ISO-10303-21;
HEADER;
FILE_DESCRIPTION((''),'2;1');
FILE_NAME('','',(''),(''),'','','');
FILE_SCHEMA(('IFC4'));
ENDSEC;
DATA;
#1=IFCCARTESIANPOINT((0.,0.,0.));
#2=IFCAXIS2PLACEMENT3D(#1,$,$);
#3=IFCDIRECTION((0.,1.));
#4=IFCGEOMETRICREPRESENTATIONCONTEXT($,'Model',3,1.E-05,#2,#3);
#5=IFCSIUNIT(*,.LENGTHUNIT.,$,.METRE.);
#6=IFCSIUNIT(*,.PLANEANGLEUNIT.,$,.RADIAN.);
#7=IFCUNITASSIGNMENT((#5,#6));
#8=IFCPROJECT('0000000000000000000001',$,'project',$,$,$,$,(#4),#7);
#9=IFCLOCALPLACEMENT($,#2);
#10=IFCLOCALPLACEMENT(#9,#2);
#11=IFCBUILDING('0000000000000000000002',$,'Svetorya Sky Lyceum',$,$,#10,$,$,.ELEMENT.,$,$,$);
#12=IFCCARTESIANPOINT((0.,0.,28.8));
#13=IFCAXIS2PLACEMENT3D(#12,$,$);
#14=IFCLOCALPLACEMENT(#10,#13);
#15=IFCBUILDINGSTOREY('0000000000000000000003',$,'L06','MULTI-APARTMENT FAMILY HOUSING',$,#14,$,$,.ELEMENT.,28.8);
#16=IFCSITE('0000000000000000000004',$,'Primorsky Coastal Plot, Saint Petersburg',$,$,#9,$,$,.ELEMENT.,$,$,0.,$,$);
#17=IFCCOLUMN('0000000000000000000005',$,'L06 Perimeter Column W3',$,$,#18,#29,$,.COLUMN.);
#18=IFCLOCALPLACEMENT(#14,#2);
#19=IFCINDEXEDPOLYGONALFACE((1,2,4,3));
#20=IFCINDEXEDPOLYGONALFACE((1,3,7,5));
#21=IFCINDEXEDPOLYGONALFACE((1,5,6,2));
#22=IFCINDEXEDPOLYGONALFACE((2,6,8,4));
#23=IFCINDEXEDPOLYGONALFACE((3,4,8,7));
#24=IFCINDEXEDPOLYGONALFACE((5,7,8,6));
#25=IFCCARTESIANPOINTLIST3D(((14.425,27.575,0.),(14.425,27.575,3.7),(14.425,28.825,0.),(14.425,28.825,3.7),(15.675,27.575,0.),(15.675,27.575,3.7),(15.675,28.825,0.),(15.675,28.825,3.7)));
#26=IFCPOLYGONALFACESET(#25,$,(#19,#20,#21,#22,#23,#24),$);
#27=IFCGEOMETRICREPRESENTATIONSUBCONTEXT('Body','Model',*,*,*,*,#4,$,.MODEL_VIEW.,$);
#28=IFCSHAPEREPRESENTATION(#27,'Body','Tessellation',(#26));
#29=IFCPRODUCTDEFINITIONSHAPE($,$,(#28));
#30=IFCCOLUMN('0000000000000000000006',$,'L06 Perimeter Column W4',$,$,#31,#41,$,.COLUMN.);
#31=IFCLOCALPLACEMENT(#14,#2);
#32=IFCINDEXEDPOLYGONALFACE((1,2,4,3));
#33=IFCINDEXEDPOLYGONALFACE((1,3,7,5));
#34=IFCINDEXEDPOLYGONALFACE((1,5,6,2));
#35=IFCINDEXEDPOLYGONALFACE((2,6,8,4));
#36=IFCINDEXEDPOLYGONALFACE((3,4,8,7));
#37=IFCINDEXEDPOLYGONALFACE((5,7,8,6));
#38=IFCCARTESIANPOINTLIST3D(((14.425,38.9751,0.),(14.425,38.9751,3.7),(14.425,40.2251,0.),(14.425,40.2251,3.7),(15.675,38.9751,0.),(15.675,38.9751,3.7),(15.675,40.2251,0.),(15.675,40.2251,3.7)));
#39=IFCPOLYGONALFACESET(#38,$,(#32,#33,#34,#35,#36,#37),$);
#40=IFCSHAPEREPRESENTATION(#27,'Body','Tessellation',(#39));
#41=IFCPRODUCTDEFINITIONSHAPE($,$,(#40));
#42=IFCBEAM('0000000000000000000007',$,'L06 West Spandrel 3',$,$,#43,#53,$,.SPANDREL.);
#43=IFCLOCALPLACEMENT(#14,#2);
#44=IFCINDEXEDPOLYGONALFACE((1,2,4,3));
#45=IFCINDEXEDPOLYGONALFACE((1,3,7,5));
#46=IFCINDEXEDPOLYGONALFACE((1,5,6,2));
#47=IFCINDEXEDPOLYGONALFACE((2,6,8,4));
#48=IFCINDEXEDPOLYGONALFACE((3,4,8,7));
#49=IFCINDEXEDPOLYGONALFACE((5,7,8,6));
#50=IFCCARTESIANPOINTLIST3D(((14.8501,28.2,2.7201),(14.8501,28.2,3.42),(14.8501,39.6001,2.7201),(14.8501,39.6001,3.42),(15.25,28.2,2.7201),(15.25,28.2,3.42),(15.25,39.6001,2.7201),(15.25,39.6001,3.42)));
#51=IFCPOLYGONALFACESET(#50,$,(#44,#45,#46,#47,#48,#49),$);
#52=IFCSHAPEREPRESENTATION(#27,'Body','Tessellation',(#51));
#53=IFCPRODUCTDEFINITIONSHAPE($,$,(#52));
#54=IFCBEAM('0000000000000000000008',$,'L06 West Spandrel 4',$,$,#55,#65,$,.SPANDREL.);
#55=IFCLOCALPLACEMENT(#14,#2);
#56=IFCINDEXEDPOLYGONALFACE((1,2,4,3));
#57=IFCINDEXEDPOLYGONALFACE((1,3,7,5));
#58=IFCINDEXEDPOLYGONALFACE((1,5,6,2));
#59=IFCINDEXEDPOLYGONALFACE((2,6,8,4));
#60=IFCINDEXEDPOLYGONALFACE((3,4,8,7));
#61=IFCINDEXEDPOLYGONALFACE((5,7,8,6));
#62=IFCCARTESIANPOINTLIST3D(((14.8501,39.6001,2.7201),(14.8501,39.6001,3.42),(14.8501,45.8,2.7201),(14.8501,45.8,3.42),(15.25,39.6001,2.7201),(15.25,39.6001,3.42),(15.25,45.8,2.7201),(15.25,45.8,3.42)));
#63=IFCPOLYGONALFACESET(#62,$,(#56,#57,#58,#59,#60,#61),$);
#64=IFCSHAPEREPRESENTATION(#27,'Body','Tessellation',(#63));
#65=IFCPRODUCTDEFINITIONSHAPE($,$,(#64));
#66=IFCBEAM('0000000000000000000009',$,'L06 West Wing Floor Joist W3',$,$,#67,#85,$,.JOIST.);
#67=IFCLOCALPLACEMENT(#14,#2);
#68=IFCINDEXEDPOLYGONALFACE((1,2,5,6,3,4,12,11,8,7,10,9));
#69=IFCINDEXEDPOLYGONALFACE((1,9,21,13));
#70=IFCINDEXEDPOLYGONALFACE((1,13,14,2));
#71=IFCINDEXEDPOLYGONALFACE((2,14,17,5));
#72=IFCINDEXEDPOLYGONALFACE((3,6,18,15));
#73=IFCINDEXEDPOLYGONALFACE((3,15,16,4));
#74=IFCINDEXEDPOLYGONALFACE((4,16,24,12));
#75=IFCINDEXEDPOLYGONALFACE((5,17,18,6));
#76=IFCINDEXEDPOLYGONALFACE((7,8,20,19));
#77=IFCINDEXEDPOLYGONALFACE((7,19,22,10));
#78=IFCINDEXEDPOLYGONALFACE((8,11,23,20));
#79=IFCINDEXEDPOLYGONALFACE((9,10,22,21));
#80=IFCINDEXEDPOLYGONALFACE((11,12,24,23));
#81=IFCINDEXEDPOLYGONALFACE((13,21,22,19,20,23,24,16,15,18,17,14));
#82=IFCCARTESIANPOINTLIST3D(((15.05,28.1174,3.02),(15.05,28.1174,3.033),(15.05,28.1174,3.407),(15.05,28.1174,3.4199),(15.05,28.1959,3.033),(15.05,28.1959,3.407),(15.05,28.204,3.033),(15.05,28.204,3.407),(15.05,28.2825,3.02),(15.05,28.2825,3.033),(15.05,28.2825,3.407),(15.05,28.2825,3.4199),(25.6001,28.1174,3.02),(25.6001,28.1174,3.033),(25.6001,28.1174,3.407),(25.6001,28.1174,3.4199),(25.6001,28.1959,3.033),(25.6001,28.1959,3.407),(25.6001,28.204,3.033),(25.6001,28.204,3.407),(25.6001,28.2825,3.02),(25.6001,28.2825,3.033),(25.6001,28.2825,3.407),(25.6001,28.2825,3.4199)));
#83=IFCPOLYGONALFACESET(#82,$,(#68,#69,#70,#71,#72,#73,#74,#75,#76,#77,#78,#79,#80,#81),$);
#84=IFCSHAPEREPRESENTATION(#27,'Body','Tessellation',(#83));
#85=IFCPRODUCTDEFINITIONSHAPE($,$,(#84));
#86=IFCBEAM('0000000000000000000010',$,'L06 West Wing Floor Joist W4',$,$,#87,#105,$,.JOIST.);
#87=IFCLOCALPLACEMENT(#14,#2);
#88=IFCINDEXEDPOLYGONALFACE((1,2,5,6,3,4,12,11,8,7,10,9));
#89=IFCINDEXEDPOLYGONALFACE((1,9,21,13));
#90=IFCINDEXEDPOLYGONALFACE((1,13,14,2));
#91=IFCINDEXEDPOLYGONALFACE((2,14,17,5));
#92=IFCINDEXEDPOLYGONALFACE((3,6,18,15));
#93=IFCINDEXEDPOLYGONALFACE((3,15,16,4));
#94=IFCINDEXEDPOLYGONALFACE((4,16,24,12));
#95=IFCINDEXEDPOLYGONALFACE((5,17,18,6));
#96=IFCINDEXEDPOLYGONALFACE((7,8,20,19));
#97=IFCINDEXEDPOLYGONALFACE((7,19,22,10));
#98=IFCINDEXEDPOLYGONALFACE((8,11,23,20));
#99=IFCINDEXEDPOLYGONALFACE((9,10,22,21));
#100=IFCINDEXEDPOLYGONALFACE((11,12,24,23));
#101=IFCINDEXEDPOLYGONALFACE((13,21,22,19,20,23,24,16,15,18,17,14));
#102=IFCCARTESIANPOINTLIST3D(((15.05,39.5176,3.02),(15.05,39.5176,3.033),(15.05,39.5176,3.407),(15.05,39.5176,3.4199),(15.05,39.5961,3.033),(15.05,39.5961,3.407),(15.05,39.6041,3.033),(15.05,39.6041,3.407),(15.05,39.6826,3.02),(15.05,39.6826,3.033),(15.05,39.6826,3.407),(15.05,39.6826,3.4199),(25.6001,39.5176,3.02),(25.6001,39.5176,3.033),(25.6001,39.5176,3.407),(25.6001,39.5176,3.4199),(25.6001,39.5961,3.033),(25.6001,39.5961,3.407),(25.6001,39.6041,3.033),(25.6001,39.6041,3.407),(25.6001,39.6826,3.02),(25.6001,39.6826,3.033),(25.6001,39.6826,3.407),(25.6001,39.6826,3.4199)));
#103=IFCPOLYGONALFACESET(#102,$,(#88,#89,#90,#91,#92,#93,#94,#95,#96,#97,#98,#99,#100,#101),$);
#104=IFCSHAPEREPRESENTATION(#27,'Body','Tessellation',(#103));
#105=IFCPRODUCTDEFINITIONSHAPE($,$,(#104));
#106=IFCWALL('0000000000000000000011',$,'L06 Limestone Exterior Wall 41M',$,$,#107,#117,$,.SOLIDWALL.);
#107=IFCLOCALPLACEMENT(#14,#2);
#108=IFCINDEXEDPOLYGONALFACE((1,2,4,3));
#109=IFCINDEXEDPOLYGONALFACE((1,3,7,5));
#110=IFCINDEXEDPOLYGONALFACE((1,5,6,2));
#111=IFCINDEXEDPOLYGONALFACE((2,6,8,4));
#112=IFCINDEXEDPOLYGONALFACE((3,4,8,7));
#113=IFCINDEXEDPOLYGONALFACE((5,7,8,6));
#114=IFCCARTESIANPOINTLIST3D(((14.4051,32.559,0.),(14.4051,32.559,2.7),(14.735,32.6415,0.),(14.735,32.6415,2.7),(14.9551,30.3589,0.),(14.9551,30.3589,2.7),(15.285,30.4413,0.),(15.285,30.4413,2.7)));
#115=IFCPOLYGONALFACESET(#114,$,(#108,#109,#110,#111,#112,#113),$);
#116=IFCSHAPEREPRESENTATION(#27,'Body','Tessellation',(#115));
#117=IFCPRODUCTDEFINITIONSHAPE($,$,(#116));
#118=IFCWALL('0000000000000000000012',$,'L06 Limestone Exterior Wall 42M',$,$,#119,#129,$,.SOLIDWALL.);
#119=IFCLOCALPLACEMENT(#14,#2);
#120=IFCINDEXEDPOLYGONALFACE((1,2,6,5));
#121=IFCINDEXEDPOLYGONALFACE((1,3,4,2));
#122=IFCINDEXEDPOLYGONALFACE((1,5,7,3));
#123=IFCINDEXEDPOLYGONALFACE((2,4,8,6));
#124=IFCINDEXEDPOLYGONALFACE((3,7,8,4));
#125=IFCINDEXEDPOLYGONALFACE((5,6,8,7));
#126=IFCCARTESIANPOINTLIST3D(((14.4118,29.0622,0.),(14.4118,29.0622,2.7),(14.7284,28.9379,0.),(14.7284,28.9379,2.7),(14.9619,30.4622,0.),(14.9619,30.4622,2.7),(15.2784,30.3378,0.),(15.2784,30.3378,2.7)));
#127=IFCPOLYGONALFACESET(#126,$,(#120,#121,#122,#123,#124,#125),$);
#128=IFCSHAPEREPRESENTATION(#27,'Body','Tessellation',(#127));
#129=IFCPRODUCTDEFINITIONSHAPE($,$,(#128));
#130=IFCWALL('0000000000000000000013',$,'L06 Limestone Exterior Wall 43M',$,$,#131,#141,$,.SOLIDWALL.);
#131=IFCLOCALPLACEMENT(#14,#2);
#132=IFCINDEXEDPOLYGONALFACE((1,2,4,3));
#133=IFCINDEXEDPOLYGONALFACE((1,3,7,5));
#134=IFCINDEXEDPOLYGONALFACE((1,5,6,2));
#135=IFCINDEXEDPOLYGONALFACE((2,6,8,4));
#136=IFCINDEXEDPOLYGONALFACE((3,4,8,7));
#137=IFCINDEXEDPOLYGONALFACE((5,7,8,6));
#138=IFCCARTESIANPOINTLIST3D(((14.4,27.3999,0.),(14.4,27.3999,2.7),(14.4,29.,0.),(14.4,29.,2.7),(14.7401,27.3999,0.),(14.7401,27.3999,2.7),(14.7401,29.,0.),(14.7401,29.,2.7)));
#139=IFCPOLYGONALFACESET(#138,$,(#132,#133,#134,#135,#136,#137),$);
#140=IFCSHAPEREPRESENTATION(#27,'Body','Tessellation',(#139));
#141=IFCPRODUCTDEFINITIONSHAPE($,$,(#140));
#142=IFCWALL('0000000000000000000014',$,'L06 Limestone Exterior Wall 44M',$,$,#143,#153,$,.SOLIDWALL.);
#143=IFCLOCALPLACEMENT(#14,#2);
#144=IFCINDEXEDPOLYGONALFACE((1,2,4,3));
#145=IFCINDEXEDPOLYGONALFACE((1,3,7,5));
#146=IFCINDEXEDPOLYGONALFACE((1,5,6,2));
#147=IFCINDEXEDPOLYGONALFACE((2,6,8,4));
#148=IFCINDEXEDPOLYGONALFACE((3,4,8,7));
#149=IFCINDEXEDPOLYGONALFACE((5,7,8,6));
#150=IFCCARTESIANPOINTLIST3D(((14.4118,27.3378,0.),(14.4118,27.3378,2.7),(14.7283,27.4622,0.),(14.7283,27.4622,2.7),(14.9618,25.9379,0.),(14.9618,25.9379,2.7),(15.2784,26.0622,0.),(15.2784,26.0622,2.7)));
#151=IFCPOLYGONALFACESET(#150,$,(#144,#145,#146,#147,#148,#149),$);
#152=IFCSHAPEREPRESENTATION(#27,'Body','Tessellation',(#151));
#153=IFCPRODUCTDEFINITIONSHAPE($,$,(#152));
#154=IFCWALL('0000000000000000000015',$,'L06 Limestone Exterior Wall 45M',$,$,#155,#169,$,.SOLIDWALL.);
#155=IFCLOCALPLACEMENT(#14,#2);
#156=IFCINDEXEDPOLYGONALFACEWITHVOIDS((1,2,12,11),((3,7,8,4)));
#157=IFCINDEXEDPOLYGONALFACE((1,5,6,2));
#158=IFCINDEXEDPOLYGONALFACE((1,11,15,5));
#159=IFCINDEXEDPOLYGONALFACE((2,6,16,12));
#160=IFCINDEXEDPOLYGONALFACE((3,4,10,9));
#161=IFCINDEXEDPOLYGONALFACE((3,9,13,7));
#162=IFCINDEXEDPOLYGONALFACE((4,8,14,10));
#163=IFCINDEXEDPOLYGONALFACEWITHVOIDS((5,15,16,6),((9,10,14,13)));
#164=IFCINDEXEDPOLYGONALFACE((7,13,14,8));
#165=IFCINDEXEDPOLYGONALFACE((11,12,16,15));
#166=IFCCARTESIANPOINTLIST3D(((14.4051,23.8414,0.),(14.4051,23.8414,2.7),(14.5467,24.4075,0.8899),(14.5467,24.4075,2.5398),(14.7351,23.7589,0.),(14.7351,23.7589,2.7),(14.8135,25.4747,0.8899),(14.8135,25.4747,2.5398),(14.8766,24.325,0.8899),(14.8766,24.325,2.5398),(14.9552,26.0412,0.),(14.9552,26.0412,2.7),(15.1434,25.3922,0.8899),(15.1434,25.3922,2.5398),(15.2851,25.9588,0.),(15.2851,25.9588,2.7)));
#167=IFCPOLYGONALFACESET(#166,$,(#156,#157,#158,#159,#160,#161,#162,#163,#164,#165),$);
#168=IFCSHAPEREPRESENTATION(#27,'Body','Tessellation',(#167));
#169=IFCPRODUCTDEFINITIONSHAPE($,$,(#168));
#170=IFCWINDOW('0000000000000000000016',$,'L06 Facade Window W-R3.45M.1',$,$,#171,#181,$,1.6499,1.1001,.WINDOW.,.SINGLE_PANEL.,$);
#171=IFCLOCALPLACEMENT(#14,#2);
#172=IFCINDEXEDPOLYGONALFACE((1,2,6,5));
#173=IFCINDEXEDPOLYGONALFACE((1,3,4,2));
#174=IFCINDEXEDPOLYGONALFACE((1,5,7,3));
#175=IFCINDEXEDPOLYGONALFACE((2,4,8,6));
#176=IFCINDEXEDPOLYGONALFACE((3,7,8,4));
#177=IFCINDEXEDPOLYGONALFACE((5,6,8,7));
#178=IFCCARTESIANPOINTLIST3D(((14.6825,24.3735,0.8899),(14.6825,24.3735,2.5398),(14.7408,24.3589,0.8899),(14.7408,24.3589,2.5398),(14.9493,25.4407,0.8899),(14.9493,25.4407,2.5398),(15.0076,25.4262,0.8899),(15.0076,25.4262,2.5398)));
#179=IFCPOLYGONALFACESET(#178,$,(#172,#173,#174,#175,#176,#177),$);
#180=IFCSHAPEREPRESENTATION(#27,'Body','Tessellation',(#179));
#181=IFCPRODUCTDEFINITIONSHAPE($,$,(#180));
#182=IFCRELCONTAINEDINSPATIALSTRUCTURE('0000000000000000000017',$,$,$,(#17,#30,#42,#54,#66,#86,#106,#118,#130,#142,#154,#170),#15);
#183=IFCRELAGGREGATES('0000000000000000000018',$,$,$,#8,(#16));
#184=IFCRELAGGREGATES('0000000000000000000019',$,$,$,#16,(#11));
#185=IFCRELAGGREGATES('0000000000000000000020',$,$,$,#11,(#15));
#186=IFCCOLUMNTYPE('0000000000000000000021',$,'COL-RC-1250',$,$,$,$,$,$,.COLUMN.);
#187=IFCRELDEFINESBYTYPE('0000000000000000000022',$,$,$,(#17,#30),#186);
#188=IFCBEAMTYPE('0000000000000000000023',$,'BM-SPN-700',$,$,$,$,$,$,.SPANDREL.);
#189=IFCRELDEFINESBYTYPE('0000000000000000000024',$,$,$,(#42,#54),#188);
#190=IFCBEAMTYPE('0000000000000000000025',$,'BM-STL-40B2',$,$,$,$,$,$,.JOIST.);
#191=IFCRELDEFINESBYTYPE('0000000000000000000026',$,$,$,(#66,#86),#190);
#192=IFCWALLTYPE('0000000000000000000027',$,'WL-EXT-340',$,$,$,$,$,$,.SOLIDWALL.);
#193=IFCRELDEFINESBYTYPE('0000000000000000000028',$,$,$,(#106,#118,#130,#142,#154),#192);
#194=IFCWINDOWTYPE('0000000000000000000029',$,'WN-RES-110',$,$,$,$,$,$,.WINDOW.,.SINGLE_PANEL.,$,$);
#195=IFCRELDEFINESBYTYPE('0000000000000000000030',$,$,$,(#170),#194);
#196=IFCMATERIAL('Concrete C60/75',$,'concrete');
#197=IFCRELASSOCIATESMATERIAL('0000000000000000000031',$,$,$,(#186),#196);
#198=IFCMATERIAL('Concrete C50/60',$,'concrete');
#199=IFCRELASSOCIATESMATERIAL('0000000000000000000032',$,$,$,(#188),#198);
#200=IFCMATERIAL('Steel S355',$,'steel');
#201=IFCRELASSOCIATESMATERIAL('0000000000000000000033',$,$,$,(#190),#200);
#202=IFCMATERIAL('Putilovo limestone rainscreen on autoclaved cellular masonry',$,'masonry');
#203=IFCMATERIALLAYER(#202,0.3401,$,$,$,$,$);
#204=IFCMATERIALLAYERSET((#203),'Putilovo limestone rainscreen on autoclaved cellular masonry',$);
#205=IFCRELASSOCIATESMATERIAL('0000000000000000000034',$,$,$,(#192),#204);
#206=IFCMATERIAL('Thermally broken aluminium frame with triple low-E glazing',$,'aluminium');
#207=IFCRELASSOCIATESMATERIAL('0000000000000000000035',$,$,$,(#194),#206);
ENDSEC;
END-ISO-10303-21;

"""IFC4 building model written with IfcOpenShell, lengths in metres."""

from ifc_helpers import new_model, si_unit, direction, frame, frame_2d, origin, origin_2d, place, context, subcontext, project, spatial, rectangle, i_section, extrude, material, layer, layer_set, material_profile, profile_set, type_object, element, fill, save


model = new_model("IFC4")

# Units and contexts
model_context = context("Model", 3, precision=1e-05, world=origin(), true_north=direction((0.0, 1.0)))
body_context = subcontext(model_context, "Body", "Model", "MODEL_VIEW")
ifc_project = project(units=[si_unit("LENGTHUNIT", "METRE"), si_unit("PLANEANGLEUNIT", "RADIAN")], contexts=[model_context])

# Site, building, storey
site_placement = place(None, origin())
site = spatial("IfcSite", under=ifc_project, at=site_placement, Name="Primorsky Coastal Plot, Saint Petersburg", CompositionType="ELEMENT", RefElevation=0.0)
building_placement = place(site_placement, origin())
building = spatial("IfcBuilding", under=site, at=building_placement, Name="Svetorya Sky Lyceum", CompositionType="ELEMENT")
storey_placement = place(building_placement, frame((0.0, 0.0, 28.8)))
storey = spatial("IfcBuildingStorey", under=building, at=storey_placement, Name="L06", Description="MULTI-APARTMENT FAMILY HOUSING", CompositionType="ELEMENT", Elevation=28.8)

# Columns
ifc_material_1 = material(Name="Concrete C60/75", Category="concrete")
ifc_material_profile_1 = material_profile(ifc_material_1, rectangle(XDim=1.25, YDim=1.25, at=origin_2d()), Name="RC COL 1250x1250")
ifc_profile_set_1 = profile_set([ifc_material_profile_1], Name="Concrete C60/75")
column_type = type_object("IfcColumnType", Name="COL-RC-1250", PredefinedType="COLUMN", material=ifc_profile_set_1)
for number, where, z_axis, x_axis, name in (
    (1, (15.05, 28.2, 0.0), (0.0, 0.0, 1.0), (1.0, 0.0, 0.0), "L06 Perimeter Column W3"),
    (2, (15.05, 39.6001, 0.0), (0.0, 0.0, 1.0), (1.0, 0.0, 0.0), "L06 Perimeter Column W4"),
):
    element("IfcColumn", number, at=place(storey_placement, frame(where, z_axis=z_axis, x_axis=x_axis)), inside=storey, type_object=column_type, Name=name, PredefinedType="COLUMN", context=body_context, shape_type="SweptSolid", body=[
        extrude(rectangle(XDim=1.25, YDim=1.25, at=origin_2d()), origin(), (0.0, 0.0, 1.0), 3.7),
    ])

# Beams
ifc_material_2 = material(Name="Concrete C50/60", Category="concrete")
ifc_material_profile_2 = material_profile(ifc_material_2, rectangle(XDim=0.3999, YDim=0.7, at=origin_2d()), Name="RC SPANDREL 400x700")
ifc_profile_set_2 = profile_set([ifc_material_profile_2], Name="Concrete C50/60")
beam_type_1 = type_object("IfcBeamType", Name="BM-SPN-700", PredefinedType="SPANDREL", material=ifc_profile_set_2)
beam_1_placement = place(storey_placement, frame((15.05, 28.2, 3.0701), z_axis=(0.0, 1.0, 0.0), x_axis=(-1.0, 0.0, 0.0)))
element("IfcBeam", 3, at=beam_1_placement, inside=storey, type_object=beam_type_1, Name="L06 West Spandrel 3", PredefinedType="SPANDREL", context=body_context, shape_type="SweptSolid", body=[
    extrude(rectangle(XDim=0.3999, YDim=0.7, at=origin_2d()), origin(), (0.0, 0.0, 1.0), 11.4001),
])
beam_2_placement = place(storey_placement, frame((15.05, 39.6001, 3.0701), z_axis=(0.0, 1.0, 0.0), x_axis=(-1.0, 0.0, 0.0)))
element("IfcBeam", 4, at=beam_2_placement, inside=storey, type_object=beam_type_1, Name="L06 West Spandrel 4", PredefinedType="SPANDREL", context=body_context, shape_type="SweptSolid", body=[
    extrude(rectangle(XDim=0.3999, YDim=0.7, at=origin_2d()), origin(), (0.0, 0.0, 1.0), 6.2),
])
ifc_material_3 = material(Name="Steel S355", Category="steel")
ifc_material_profile_3 = material_profile(ifc_material_3, i_section(OverallWidth=0.165, OverallDepth=0.3999, WebThickness=0.0081, FlangeThickness=0.0129, at=origin_2d()), Name="GOST 40B2")
ifc_profile_set_3 = profile_set([ifc_material_profile_3], Name="Steel S355")
beam_type_2 = type_object("IfcBeamType", Name="BM-STL-40B2", PredefinedType="JOIST", material=ifc_profile_set_3)
for number, where, z_axis, x_axis, name in (
    (5, (15.05, 28.2, 3.22), (1.0, 0.0, 0.0), (0.0, 1.0, 0.0), "L06 West Wing Floor Joist W3"),
    (6, (15.05, 39.6001, 3.22), (1.0, 0.0, 0.0), (0.0, 1.0, 0.0), "L06 West Wing Floor Joist W4"),
):
    element("IfcBeam", number, at=place(storey_placement, frame(where, z_axis=z_axis, x_axis=x_axis)), inside=storey, type_object=beam_type_2, Name=name, PredefinedType="JOIST", context=body_context, shape_type="SweptSolid", body=[
        extrude(i_section(OverallWidth=0.165, OverallDepth=0.3999, WebThickness=0.0081, FlangeThickness=0.0129, at=origin_2d()), origin(), (0.0, 0.0, 1.0), 10.55),
    ])

# Walls
ifc_material_4 = material(Name="Putilovo limestone rainscreen on autoclaved cellular masonry", Category="masonry")
ifc_layer_1 = layer(ifc_material_4, 0.3401)
ifc_layer_set_1 = layer_set([ifc_layer_1], Name="Putilovo limestone rainscreen on autoclaved cellular masonry")
wall_type_1 = type_object("IfcWallType", Name="WL-EXT-340", PredefinedType="SOLIDWALL", material=ifc_layer_set_1)
wall_1_placement = place(storey_placement, frame((14.5701, 32.6001, 0.0), z_axis=(0.0, 0.0, 1.0), x_axis=(0.242536, -0.970143, 0.0)))
element("IfcWall", 7, at=wall_1_placement, inside=storey, type_object=wall_type_1, Name="L06 Limestone Exterior Wall 41M", PredefinedType="SOLIDWALL", context=body_context, shape_type="SweptSolid", body=[
    extrude(rectangle(XDim=2.2678, YDim=0.3401, at=frame_2d((1.1338, 0.0))), origin(), (0.0, 0.0, 1.0), 2.7),
])
wall_2_placement = place(storey_placement, frame((15.1201, 30.3999, 0.0), z_axis=(0.0, 0.0, 1.0), x_axis=(-0.365703, -0.930732, 0.0)))
element("IfcWall", 8, at=wall_2_placement, inside=storey, type_object=wall_type_1, Name="L06 Limestone Exterior Wall 42M", PredefinedType="SOLIDWALL", context=body_context, shape_type="SweptSolid", body=[
    extrude(rectangle(XDim=1.5042, YDim=0.3401, at=frame_2d((0.752, 0.0))), origin(), (0.0, 0.0, 1.0), 2.7),
])
wall_3_placement = place(storey_placement, frame((14.5701, 29.0, 0.0), z_axis=(0.0, 0.0, 1.0), x_axis=(0.0, -1.0, 0.0)))
element("IfcWall", 9, at=wall_3_placement, inside=storey, type_object=wall_type_1, Name="L06 Limestone Exterior Wall 43M", PredefinedType="SOLIDWALL", context=body_context, shape_type="SweptSolid", body=[
    extrude(rectangle(XDim=1.6001, YDim=0.3401, at=frame_2d((0.8, 0.0))), origin(), (0.0, 0.0, 1.0), 2.7),
])
wall_4_placement = place(storey_placement, frame((14.5701, 27.3999, 0.0), z_axis=(0.0, 0.0, 1.0), x_axis=(0.365703, -0.930732, 0.0)))
element("IfcWall", 10, at=wall_4_placement, inside=storey, type_object=wall_type_1, Name="L06 Limestone Exterior Wall 44M", PredefinedType="SOLIDWALL", context=body_context, shape_type="SweptSolid", body=[
    extrude(rectangle(XDim=1.5042, YDim=0.3401, at=frame_2d((0.752, 0.0))), origin(), (0.0, 0.0, 1.0), 2.7),
])

# Wall, opening, window
wall_5_placement = place(storey_placement, frame((15.1201, 26.0, 0.0), z_axis=(0.0, 0.0, 1.0), x_axis=(-0.242561, -0.970136, 0.0)))
wall_5 = element("IfcWall", 11, at=wall_5_placement, inside=storey, type_object=wall_type_1, Name="L06 Limestone Exterior Wall 45M", PredefinedType="SOLIDWALL", context=body_context, shape_type="SweptSolid", body=[
    extrude(rectangle(XDim=2.2676, YDim=0.3401, at=frame_2d((1.1338, 0.0))), origin(), (0.0, 0.0, 1.0), 2.7),
])
opening_1_placement = place(wall_5_placement, frame((0.584, 0.0, 0.8899)))
opening_1 = element("IfcOpeningElement", 12, at=opening_1_placement, cuts=wall_5, PredefinedType="OPENING", context=body_context, shape_type="SweptSolid", body=[
    extrude(rectangle(XDim=1.1001, YDim=1.6499, at=frame_2d((0.55, 0.825))), frame((0.0, 0.1799, 0.0), z_axis=(0.0, -1.0, 0.0), x_axis=(1.0, 0.0, 0.0)), (0.0, 0.0, 1.0), 0.3601),
])
ifc_material_5 = material(Name="Thermally broken aluminium frame with triple low-E glazing", Category="aluminium")
window_type = type_object("IfcWindowType", Name="WN-RES-110", PartitioningType="SINGLE_PANEL", PredefinedType="WINDOW", material=ifc_material_5)
window_1_placement = place(opening_1_placement, origin())
window_1 = element("IfcWindow", 13, at=window_1_placement, inside=storey, type_object=window_type, Name="L06 Facade Window W-R3.45M.1", OverallHeight=1.6499, OverallWidth=1.1001, PartitioningType="SINGLE_PANEL", PredefinedType="WINDOW", context=body_context, shape_type="SweptSolid", body=[
    extrude(rectangle(XDim=1.1001, YDim=1.6499, at=frame_2d((0.55, 0.825))), frame((0.0, 0.03, 0.0), z_axis=(0.0, -1.0, 0.0), x_axis=(1.0, 0.0, 0.0)), (0.0, 0.0, 1.0), 0.0601),
])
fill(opening_1, window_1)

save(model, "model.ifc")
